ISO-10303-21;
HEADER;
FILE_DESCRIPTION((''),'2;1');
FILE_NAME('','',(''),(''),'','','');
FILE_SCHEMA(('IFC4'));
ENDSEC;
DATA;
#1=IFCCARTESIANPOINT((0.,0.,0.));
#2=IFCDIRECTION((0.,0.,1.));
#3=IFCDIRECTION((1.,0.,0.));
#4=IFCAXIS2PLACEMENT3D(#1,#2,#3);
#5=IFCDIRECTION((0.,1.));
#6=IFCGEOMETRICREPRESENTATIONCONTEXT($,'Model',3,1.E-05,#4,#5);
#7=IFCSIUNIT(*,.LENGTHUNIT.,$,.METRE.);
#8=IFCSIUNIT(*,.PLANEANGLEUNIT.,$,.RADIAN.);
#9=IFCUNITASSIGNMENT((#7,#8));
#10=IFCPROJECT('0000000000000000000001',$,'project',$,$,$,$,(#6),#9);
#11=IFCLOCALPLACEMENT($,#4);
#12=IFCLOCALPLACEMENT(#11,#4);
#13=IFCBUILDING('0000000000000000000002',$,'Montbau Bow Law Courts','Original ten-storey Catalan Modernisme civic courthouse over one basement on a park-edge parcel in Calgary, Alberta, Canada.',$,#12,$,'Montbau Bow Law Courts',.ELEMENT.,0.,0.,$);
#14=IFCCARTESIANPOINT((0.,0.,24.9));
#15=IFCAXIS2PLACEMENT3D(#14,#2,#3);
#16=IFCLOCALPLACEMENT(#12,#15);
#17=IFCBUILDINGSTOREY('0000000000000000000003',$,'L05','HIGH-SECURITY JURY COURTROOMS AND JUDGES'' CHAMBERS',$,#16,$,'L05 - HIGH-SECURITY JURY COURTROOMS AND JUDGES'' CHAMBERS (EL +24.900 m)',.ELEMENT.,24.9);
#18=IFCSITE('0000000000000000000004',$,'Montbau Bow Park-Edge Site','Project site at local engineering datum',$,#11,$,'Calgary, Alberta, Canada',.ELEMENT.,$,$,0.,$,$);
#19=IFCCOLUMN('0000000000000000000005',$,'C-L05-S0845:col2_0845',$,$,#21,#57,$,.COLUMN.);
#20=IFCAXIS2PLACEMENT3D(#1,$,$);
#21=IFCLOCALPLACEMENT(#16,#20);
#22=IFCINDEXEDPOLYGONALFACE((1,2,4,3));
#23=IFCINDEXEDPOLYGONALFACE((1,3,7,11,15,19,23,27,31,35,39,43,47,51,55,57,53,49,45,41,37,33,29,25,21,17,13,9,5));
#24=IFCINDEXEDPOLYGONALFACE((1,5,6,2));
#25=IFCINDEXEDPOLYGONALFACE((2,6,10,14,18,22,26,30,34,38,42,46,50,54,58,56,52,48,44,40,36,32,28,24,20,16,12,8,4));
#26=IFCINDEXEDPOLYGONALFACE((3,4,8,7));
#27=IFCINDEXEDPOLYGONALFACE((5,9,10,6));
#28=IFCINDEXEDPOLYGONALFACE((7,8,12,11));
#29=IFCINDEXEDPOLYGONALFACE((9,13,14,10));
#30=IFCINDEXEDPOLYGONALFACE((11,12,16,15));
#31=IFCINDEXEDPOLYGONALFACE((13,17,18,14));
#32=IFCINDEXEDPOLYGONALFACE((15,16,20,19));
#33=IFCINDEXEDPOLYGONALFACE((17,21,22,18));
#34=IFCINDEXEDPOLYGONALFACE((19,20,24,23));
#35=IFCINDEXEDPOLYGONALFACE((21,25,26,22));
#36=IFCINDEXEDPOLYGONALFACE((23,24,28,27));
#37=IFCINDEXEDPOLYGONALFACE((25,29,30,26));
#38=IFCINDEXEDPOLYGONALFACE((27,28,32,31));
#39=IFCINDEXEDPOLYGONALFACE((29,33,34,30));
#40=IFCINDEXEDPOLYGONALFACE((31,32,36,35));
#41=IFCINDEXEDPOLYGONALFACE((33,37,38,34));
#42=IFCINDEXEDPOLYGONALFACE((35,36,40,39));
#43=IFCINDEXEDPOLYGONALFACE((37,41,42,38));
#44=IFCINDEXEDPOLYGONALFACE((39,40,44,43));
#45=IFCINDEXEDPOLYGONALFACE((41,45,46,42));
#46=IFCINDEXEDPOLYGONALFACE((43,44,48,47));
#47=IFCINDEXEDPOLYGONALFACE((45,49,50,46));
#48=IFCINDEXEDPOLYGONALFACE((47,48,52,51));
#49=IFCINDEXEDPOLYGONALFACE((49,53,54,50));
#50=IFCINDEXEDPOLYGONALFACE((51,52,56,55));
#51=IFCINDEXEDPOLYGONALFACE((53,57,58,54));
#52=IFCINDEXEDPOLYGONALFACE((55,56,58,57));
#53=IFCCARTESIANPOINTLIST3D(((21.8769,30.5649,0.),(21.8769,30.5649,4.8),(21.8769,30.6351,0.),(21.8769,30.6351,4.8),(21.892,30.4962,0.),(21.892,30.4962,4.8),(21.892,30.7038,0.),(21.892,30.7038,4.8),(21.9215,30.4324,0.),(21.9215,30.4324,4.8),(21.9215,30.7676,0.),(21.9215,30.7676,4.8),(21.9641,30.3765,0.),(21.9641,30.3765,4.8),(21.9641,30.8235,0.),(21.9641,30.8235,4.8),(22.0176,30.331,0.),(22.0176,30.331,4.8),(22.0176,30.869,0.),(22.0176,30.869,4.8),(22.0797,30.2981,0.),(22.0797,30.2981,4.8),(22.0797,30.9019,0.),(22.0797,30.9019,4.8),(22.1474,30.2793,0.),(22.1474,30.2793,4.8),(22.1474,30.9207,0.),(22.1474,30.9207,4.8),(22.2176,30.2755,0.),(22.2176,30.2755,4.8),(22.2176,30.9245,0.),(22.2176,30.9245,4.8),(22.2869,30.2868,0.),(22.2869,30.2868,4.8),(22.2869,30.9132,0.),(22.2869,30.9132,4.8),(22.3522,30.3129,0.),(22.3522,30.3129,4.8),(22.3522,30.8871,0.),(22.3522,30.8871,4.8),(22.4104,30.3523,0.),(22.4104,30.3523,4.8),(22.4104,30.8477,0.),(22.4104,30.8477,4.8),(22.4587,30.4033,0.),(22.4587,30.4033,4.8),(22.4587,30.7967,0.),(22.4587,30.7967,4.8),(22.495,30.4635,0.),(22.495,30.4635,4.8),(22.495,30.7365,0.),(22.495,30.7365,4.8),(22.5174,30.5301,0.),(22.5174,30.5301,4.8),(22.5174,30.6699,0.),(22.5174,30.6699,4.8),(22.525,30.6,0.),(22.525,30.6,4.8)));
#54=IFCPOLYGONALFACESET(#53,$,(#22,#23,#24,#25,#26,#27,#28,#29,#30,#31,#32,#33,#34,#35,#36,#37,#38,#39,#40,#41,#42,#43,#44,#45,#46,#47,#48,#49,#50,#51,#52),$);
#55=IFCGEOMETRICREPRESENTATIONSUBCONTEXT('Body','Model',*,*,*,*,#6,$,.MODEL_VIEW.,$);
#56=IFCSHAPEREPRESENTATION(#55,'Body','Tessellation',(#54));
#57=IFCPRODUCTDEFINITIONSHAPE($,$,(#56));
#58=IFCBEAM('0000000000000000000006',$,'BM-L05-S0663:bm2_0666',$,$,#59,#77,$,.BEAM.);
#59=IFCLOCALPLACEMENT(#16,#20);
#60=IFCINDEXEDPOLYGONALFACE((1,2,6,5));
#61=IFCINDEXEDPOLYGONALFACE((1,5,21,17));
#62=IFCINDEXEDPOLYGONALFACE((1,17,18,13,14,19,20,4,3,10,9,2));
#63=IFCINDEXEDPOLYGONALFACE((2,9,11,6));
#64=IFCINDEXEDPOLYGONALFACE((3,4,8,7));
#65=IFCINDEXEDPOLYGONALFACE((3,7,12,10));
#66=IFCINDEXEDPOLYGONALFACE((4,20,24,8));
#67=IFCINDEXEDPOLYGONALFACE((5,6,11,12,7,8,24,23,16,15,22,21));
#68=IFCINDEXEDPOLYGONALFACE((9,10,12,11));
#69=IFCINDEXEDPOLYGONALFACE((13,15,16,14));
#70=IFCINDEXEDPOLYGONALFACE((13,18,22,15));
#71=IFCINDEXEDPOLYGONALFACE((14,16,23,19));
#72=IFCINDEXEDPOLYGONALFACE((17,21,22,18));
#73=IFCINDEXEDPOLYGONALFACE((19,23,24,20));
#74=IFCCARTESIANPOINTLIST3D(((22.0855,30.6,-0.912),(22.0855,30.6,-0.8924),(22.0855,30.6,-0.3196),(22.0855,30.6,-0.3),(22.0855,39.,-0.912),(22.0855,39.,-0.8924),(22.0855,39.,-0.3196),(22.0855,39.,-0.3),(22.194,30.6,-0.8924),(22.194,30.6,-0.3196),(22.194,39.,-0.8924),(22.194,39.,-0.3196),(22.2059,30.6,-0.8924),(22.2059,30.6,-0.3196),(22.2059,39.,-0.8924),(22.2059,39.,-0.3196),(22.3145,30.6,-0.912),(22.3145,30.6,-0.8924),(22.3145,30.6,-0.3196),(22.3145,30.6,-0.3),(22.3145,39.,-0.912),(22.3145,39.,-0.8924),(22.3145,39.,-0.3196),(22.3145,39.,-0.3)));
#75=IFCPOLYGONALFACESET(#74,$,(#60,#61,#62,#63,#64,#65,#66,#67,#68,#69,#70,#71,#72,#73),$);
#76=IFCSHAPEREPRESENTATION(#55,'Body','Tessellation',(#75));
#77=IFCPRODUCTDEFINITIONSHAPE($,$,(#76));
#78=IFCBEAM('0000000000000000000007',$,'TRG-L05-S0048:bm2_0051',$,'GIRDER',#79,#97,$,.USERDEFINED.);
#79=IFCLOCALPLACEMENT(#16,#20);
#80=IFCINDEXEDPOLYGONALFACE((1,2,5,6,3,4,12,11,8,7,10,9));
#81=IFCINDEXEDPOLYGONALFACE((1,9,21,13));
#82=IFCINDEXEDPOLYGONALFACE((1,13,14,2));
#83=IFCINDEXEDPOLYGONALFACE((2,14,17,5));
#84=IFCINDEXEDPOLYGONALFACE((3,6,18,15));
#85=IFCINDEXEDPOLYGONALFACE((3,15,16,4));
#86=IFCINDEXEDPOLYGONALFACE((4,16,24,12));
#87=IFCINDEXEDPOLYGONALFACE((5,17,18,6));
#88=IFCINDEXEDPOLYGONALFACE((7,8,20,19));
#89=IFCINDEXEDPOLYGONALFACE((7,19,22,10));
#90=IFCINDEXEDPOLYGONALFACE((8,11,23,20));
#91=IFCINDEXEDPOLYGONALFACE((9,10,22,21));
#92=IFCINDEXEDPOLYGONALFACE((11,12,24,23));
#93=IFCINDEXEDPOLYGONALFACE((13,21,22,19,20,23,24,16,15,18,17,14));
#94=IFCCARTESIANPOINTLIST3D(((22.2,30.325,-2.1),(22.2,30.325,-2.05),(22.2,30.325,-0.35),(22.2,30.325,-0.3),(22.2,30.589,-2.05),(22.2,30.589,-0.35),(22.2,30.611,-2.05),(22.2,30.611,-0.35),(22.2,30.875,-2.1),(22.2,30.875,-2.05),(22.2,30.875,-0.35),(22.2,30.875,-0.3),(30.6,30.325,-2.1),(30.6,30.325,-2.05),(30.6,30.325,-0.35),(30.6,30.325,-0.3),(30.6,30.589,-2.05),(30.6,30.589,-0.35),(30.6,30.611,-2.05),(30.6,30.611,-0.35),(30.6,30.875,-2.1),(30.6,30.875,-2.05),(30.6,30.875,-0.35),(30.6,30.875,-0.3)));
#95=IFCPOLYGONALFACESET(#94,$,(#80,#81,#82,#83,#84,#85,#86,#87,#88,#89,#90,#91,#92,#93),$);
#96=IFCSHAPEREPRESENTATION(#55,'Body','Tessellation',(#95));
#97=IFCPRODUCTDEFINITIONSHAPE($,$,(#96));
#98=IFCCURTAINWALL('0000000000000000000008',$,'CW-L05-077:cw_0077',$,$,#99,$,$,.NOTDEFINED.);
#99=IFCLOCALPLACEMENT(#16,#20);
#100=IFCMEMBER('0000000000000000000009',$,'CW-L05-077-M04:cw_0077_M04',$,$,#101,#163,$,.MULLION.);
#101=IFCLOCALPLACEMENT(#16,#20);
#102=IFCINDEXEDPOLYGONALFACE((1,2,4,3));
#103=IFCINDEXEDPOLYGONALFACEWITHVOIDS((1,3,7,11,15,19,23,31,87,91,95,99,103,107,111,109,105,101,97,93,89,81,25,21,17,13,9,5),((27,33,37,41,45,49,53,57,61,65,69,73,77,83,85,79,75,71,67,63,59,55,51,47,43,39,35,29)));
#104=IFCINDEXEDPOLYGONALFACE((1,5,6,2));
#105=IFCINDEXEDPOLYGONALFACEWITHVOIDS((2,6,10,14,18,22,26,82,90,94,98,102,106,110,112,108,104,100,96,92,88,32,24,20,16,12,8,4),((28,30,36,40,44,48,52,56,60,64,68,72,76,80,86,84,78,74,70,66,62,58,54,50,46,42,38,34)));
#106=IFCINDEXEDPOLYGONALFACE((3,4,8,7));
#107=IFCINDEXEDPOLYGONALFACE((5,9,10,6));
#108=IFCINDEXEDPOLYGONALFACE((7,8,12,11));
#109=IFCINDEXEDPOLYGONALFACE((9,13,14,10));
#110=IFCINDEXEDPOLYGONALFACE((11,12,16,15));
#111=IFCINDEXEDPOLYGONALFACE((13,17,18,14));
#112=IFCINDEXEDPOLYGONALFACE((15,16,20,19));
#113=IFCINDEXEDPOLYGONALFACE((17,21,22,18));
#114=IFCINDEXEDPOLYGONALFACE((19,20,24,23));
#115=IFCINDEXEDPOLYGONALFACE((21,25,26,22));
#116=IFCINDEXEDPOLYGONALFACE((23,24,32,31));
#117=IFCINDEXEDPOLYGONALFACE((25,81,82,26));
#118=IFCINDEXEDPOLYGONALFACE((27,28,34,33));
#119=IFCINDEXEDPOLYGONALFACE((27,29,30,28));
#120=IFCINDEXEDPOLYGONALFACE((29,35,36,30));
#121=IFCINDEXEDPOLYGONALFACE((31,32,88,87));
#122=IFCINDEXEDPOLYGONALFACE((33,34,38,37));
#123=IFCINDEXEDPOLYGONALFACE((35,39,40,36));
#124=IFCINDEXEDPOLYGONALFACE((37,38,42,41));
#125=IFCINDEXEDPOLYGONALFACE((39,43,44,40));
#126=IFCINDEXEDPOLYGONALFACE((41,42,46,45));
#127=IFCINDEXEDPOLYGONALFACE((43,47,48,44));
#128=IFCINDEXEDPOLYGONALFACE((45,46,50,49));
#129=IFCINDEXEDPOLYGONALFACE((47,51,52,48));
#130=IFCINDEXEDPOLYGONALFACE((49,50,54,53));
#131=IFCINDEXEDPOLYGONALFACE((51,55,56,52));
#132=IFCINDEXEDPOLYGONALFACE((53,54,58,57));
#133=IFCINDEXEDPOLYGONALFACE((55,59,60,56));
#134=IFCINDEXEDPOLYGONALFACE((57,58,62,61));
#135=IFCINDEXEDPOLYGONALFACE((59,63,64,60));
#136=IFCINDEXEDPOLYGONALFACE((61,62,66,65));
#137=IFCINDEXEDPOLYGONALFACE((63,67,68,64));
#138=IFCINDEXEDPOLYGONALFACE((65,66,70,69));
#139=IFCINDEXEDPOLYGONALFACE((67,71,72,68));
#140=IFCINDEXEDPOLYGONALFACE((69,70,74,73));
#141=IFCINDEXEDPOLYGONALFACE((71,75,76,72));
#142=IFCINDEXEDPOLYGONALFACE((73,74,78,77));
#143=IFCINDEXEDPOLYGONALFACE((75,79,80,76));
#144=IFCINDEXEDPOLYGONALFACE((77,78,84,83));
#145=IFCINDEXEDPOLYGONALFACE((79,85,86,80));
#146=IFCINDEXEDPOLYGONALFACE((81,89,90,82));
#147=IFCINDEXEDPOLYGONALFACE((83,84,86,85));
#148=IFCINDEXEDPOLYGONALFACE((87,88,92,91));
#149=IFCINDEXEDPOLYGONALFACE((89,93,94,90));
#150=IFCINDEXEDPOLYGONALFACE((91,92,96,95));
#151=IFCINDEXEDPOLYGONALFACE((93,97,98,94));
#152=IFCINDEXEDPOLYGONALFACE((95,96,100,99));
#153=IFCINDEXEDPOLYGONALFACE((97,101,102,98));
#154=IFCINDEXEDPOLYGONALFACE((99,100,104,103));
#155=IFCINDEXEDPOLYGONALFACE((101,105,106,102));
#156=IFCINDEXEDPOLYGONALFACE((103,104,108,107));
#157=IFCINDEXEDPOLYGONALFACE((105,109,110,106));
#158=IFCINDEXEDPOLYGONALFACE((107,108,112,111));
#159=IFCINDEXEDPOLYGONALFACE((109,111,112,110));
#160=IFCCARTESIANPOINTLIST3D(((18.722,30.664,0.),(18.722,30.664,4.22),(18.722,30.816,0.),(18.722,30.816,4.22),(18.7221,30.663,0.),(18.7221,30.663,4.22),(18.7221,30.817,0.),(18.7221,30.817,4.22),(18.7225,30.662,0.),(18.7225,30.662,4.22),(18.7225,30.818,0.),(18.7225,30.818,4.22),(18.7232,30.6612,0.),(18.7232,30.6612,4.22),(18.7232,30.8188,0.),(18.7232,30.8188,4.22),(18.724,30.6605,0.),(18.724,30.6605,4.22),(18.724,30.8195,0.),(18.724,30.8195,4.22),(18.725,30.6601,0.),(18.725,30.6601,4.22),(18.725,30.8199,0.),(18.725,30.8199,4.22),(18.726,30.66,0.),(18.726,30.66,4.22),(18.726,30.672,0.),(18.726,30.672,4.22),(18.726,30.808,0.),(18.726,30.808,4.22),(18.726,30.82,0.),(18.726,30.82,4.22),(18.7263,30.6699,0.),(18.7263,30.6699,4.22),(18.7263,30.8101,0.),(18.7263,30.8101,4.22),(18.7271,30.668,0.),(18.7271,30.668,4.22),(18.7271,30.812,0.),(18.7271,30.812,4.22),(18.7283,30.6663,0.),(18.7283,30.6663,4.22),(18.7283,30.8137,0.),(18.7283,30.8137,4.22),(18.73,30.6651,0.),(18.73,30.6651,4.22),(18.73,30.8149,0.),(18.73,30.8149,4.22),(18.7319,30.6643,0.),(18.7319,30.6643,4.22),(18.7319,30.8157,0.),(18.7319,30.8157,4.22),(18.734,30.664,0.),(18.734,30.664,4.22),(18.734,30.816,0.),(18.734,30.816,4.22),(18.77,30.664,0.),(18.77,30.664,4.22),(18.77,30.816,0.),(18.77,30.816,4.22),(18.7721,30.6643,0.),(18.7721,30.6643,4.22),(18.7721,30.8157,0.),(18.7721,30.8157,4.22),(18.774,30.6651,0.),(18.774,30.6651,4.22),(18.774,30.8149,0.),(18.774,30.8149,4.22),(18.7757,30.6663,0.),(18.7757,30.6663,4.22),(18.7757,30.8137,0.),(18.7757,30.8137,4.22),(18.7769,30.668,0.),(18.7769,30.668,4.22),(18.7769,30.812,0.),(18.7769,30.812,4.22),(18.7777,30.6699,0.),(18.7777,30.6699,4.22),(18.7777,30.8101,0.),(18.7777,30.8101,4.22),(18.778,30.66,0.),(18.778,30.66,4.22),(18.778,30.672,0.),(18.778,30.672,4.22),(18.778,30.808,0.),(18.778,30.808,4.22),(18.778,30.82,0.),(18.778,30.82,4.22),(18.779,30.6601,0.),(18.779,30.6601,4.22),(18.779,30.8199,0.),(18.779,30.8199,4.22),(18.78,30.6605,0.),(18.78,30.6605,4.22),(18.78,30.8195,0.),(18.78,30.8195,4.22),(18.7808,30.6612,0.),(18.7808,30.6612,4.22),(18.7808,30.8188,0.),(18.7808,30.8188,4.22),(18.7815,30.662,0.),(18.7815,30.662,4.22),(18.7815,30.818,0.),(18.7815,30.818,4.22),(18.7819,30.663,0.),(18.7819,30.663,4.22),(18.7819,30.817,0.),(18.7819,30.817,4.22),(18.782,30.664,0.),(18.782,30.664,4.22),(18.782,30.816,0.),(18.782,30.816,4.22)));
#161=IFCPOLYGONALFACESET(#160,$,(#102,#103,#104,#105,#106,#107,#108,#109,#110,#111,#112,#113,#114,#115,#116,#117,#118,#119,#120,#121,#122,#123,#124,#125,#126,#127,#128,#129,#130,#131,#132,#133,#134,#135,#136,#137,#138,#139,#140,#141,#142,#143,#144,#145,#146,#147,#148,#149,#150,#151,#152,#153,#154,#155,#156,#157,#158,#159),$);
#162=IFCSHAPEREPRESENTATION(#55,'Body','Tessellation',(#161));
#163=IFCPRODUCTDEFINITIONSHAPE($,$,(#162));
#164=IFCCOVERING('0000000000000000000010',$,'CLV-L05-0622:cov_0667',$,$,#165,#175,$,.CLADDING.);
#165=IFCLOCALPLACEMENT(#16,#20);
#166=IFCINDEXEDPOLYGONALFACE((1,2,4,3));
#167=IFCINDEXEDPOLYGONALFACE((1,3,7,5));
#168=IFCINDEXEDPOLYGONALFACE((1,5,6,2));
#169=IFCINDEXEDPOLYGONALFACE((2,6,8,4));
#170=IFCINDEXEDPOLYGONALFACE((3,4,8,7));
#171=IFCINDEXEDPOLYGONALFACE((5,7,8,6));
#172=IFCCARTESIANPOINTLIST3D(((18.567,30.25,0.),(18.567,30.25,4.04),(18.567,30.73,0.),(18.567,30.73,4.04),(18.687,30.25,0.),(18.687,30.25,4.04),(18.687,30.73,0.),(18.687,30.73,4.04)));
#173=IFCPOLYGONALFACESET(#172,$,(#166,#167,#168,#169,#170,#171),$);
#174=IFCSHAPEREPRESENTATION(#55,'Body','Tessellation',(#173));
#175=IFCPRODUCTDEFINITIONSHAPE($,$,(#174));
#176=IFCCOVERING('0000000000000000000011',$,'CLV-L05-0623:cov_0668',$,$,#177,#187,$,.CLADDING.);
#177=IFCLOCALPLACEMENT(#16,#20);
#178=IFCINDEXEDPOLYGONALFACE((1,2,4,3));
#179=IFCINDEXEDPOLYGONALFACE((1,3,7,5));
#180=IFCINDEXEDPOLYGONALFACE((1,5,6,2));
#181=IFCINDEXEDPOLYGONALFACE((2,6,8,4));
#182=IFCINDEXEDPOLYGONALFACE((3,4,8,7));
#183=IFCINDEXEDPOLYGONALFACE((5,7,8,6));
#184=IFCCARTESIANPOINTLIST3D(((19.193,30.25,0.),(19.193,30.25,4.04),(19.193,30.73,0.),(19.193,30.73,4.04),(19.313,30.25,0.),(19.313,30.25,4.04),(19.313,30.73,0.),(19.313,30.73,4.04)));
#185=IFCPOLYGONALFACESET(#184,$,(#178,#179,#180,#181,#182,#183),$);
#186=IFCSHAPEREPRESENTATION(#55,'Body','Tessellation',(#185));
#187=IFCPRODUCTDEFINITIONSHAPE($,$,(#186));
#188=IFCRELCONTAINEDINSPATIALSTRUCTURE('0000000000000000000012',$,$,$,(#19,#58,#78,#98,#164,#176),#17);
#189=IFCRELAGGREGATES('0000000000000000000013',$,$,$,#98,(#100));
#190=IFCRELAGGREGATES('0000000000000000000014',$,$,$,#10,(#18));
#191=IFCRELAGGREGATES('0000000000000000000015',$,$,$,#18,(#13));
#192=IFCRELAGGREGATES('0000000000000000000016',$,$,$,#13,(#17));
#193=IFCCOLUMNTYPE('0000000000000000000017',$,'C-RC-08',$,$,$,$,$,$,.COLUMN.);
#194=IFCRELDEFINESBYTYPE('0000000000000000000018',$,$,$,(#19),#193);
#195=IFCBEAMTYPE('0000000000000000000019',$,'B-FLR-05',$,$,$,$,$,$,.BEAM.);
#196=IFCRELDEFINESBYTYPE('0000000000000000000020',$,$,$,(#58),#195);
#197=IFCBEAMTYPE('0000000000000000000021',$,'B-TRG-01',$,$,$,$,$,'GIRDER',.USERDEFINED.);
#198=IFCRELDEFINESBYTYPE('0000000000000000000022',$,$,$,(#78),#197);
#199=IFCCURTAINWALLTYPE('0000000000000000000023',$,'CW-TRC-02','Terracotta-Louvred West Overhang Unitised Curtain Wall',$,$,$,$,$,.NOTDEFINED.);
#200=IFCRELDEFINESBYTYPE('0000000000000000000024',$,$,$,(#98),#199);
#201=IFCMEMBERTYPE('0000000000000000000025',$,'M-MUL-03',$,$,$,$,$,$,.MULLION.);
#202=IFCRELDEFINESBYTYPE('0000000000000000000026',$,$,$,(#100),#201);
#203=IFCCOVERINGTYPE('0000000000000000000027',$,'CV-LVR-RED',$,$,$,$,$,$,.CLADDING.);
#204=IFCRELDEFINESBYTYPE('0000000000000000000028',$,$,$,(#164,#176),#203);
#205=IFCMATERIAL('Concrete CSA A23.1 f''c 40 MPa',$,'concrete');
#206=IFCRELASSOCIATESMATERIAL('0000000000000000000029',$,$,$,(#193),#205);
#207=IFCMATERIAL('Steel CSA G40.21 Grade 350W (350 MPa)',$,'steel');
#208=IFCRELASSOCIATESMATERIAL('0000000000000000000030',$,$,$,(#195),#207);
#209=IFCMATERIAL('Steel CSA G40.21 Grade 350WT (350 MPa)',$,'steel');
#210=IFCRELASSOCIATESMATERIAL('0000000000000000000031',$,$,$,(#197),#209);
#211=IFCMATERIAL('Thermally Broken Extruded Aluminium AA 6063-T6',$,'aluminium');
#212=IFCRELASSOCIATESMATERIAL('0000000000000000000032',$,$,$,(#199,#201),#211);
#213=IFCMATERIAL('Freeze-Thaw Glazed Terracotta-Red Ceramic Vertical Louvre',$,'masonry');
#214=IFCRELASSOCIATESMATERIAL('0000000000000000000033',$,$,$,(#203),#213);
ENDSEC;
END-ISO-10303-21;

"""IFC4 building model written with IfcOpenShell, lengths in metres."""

from ifc_helpers import new_model, si_unit, direction, frame, frame_2d, origin_with_axes, origin_2d_with_axis, place, context, subcontext, project, spatial, rectangle, hollow_rectangle, circle, i_section, extrude, material, material_profile, profile_set, type_object, element, aggregate, save


model = new_model("IFC4")

# Units and contexts
model_context = context("Model", 3, precision=1e-05, world=origin_with_axes(), true_north=direction((0.0, 1.0)))
body_context = subcontext(model_context, "Body", "Model", "MODEL_VIEW")
ifc_project = project(units=[si_unit("LENGTHUNIT", "METRE"), si_unit("PLANEANGLEUNIT", "RADIAN")], contexts=[model_context])

# Site, building, storey
site_placement = place(None, origin_with_axes())
site = spatial("IfcSite", under=ifc_project, at=site_placement, Name="Montbau Bow Park-Edge Site", Description="Project site at local engineering datum", LongName="Calgary, Alberta, Canada", CompositionType="ELEMENT", RefElevation=0.0)
building_placement = place(site_placement, origin_with_axes())
building = spatial("IfcBuilding", under=site, at=building_placement, Name="Montbau Bow Law Courts", Description="Original ten-storey Catalan Modernisme civic courthouse over one basement on a park-edge parcel in Calgary, Alberta, Canada.", LongName="Montbau Bow Law Courts", CompositionType="ELEMENT", ElevationOfRefHeight=0.0, ElevationOfTerrain=0.0)
storey_placement = place(building_placement, frame((0.0, 0.0, 24.9), z_axis=(0.0, 0.0, 1.0), x_axis=(1.0, 0.0, 0.0)))
storey = spatial("IfcBuildingStorey", under=building, at=storey_placement, Name="L05", Description="HIGH-SECURITY JURY COURTROOMS AND JUDGES' CHAMBERS", LongName="L05 - HIGH-SECURITY JURY COURTROOMS AND JUDGES' CHAMBERS (EL +24.900 m)", CompositionType="ELEMENT", Elevation=24.9)

# Column
ifc_material_1 = material(Name="Concrete CSA A23.1 f'c 40 MPa", Category="concrete")
ifc_material_profile_1 = material_profile(ifc_material_1, circle(Radius=0.325, at=origin_2d_with_axis()), Name="RC650D", Category="Main", Priority=0)
ifc_profile_set_1 = profile_set([ifc_material_profile_1], Name="Concrete CSA A23.1 f'c 40 MPa")
column_type = type_object("IfcColumnType", Name="C-RC-08", PredefinedType="COLUMN", material=ifc_profile_set_1)
column_placement = place(None, frame((22.2, 30.6, 24.9), z_axis=(0.0, 0.0, 1.0), x_axis=(1.0, 0.0, 0.0)))
element("IfcColumn", 1, at=column_placement, inside=storey, type_object=column_type, Name="C-L05-S0845:col2_0845", PredefinedType="COLUMN", context=body_context, shape_type="SweptSolid", body=[
    extrude(circle(Radius=0.325, at=origin_2d_with_axis()), origin_with_axes(), (0.0, 0.0, 1.0), 4.8),
])

# Beams
ifc_material_2 = material(Name="Steel CSA G40.21 Grade 350W (350 MPa)", Category="steel")
ifc_material_profile_2 = material_profile(ifc_material_2, i_section(OverallWidth=0.229, OverallDepth=0.612, WebThickness=0.0119, FlangeThickness=0.0196, at=origin_2d_with_axis()), Name="W610X125", Category="Main", Priority=0)
ifc_profile_set_2 = profile_set([ifc_material_profile_2], Name="Steel CSA G40.21 Grade 350W (350 MPa)")
beam_type_1 = type_object("IfcBeamType", Name="B-FLR-05", PredefinedType="BEAM", material=ifc_profile_set_2)
beam_1_placement = place(None, frame((22.2, 30.6, 24.294), z_axis=(0.0, 1.0, 0.0), x_axis=(-1.0, 0.0, 0.0)))
element("IfcBeam", 2, at=beam_1_placement, inside=storey, type_object=beam_type_1, Name="BM-L05-S0663:bm2_0666", PredefinedType="BEAM", context=body_context, shape_type="SweptSolid", body=[
    extrude(i_section(OverallWidth=0.229, OverallDepth=0.612, WebThickness=0.0119, FlangeThickness=0.0196, at=origin_2d_with_axis()), origin_with_axes(), (0.0, 0.0, 1.0), 8.4),
])
ifc_material_3 = material(Name="Steel CSA G40.21 Grade 350WT (350 MPa)", Category="steel")
ifc_material_profile_3 = material_profile(ifc_material_3, i_section(OverallWidth=0.55, OverallDepth=1.8, WebThickness=0.022, FlangeThickness=0.05, at=origin_2d_with_axis()), Name="WWF1800X550", Category="Main", Priority=0)
ifc_profile_set_3 = profile_set([ifc_material_profile_3], Name="Steel CSA G40.21 Grade 350WT (350 MPa)")
beam_type_2 = type_object("IfcBeamType", Name="B-TRG-01", ElementType="GIRDER", PredefinedType="USERDEFINED", material=ifc_profile_set_3)
beam_2_placement = place(None, frame((22.2, 30.6, 23.7), z_axis=(1.0, 0.0, 0.0), x_axis=(0.0, 1.0, 0.0)))
element("IfcBeam", 3, at=beam_2_placement, inside=storey, type_object=beam_type_2, Name="TRG-L05-S0048:bm2_0051", ObjectType="GIRDER", PredefinedType="USERDEFINED", context=body_context, shape_type="SweptSolid", body=[
    extrude(i_section(OverallWidth=0.55, OverallDepth=1.8, WebThickness=0.022, FlangeThickness=0.05, at=origin_2d_with_axis()), origin_with_axes(), (0.0, 0.0, 1.0), 8.4),
])

# Curtain wall, member
ifc_material_4 = material(Name="Thermally Broken Extruded Aluminium AA 6063-T6", Category="aluminium")
curtain_wall_type = type_object("IfcCurtainWallType", Name="CW-TRC-02", Description="Terracotta-Louvred West Overhang Unitised Curtain Wall", PredefinedType="NOTDEFINED", material=ifc_material_4)
curtain_wall_placement = place(None, frame((14.24, 30.74, 24.9), z_axis=(0.0, 0.0, 1.0), x_axis=(1.0, 0.0, 0.0)))
curtain_wall = element("IfcCurtainWall", 4, at=curtain_wall_placement, inside=storey, type_object=curtain_wall_type, Name="CW-L05-077:cw_0077", PredefinedType="NOTDEFINED")
ifc_material_profile_4 = material_profile(ifc_material_4, hollow_rectangle(XDim=0.06, YDim=0.16, WallThickness=0.004, InnerFilletRadius=0.008, OuterFilletRadius=0.004, at=origin_2d_with_axis()), Name="CWM-160X60", Category="Main", Priority=0)
ifc_profile_set_4 = profile_set([ifc_material_profile_4], Name="Thermally Broken Extruded Aluminium AA 6063-T6")
member_type = type_object("IfcMemberType", Name="M-MUL-03", PredefinedType="MULLION", material=ifc_profile_set_4)
member_placement = place(None, frame((18.752, 30.74, 24.9), z_axis=(0.0, 0.0, 1.0), x_axis=(1.0, 0.0, 0.0)))
member = element("IfcMember", 5, at=member_placement, type_object=member_type, Name="CW-L05-077-M04:cw_0077_M04", PredefinedType="MULLION", context=body_context, shape_type="SweptSolid", body=[
    extrude(hollow_rectangle(XDim=0.06, YDim=0.16, WallThickness=0.004, InnerFilletRadius=0.008, OuterFilletRadius=0.004, at=origin_2d_with_axis()), origin_with_axes(), (0.0, 0.0, 1.0), 4.22),
])
aggregate(curtain_wall, [member])

# Coverings
ifc_material_5 = material(Name="Freeze-Thaw Glazed Terracotta-Red Ceramic Vertical Louvre", Category="masonry")
covering_type = type_object("IfcCoveringType", Name="CV-LVR-RED", PredefinedType="CLADDING", material=ifc_material_5)
for number, where, z_axis, x_axis, name in (
    (6, (18.627, 30.73, 24.9), (-1.0, 0.0, 0.0), (0.0, -1.0, 0.0), "CLV-L05-0622:cov_0667"),
    (7, (19.253, 30.73, 24.9), (-1.0, 0.0, 0.0), (0.0, -1.0, 0.0), "CLV-L05-0623:cov_0668"),
):
    element("IfcCovering", number, at=place(None, frame(where, z_axis=z_axis, x_axis=x_axis)), inside=storey, type_object=covering_type, Name=name, PredefinedType="CLADDING", context=body_context, shape_type="SweptSolid", body=[
        extrude(rectangle(XDim=0.48, YDim=4.04, at=frame_2d((0.24, 2.02), x_axis=(1.0, 0.0))), frame((0.0, 0.0, -0.06), z_axis=(0.0, 0.0, 1.0), x_axis=(1.0, 0.0, 0.0)), (0.0, 0.0, 1.0), 0.12),
    ])

save(model, "model.ifc")
